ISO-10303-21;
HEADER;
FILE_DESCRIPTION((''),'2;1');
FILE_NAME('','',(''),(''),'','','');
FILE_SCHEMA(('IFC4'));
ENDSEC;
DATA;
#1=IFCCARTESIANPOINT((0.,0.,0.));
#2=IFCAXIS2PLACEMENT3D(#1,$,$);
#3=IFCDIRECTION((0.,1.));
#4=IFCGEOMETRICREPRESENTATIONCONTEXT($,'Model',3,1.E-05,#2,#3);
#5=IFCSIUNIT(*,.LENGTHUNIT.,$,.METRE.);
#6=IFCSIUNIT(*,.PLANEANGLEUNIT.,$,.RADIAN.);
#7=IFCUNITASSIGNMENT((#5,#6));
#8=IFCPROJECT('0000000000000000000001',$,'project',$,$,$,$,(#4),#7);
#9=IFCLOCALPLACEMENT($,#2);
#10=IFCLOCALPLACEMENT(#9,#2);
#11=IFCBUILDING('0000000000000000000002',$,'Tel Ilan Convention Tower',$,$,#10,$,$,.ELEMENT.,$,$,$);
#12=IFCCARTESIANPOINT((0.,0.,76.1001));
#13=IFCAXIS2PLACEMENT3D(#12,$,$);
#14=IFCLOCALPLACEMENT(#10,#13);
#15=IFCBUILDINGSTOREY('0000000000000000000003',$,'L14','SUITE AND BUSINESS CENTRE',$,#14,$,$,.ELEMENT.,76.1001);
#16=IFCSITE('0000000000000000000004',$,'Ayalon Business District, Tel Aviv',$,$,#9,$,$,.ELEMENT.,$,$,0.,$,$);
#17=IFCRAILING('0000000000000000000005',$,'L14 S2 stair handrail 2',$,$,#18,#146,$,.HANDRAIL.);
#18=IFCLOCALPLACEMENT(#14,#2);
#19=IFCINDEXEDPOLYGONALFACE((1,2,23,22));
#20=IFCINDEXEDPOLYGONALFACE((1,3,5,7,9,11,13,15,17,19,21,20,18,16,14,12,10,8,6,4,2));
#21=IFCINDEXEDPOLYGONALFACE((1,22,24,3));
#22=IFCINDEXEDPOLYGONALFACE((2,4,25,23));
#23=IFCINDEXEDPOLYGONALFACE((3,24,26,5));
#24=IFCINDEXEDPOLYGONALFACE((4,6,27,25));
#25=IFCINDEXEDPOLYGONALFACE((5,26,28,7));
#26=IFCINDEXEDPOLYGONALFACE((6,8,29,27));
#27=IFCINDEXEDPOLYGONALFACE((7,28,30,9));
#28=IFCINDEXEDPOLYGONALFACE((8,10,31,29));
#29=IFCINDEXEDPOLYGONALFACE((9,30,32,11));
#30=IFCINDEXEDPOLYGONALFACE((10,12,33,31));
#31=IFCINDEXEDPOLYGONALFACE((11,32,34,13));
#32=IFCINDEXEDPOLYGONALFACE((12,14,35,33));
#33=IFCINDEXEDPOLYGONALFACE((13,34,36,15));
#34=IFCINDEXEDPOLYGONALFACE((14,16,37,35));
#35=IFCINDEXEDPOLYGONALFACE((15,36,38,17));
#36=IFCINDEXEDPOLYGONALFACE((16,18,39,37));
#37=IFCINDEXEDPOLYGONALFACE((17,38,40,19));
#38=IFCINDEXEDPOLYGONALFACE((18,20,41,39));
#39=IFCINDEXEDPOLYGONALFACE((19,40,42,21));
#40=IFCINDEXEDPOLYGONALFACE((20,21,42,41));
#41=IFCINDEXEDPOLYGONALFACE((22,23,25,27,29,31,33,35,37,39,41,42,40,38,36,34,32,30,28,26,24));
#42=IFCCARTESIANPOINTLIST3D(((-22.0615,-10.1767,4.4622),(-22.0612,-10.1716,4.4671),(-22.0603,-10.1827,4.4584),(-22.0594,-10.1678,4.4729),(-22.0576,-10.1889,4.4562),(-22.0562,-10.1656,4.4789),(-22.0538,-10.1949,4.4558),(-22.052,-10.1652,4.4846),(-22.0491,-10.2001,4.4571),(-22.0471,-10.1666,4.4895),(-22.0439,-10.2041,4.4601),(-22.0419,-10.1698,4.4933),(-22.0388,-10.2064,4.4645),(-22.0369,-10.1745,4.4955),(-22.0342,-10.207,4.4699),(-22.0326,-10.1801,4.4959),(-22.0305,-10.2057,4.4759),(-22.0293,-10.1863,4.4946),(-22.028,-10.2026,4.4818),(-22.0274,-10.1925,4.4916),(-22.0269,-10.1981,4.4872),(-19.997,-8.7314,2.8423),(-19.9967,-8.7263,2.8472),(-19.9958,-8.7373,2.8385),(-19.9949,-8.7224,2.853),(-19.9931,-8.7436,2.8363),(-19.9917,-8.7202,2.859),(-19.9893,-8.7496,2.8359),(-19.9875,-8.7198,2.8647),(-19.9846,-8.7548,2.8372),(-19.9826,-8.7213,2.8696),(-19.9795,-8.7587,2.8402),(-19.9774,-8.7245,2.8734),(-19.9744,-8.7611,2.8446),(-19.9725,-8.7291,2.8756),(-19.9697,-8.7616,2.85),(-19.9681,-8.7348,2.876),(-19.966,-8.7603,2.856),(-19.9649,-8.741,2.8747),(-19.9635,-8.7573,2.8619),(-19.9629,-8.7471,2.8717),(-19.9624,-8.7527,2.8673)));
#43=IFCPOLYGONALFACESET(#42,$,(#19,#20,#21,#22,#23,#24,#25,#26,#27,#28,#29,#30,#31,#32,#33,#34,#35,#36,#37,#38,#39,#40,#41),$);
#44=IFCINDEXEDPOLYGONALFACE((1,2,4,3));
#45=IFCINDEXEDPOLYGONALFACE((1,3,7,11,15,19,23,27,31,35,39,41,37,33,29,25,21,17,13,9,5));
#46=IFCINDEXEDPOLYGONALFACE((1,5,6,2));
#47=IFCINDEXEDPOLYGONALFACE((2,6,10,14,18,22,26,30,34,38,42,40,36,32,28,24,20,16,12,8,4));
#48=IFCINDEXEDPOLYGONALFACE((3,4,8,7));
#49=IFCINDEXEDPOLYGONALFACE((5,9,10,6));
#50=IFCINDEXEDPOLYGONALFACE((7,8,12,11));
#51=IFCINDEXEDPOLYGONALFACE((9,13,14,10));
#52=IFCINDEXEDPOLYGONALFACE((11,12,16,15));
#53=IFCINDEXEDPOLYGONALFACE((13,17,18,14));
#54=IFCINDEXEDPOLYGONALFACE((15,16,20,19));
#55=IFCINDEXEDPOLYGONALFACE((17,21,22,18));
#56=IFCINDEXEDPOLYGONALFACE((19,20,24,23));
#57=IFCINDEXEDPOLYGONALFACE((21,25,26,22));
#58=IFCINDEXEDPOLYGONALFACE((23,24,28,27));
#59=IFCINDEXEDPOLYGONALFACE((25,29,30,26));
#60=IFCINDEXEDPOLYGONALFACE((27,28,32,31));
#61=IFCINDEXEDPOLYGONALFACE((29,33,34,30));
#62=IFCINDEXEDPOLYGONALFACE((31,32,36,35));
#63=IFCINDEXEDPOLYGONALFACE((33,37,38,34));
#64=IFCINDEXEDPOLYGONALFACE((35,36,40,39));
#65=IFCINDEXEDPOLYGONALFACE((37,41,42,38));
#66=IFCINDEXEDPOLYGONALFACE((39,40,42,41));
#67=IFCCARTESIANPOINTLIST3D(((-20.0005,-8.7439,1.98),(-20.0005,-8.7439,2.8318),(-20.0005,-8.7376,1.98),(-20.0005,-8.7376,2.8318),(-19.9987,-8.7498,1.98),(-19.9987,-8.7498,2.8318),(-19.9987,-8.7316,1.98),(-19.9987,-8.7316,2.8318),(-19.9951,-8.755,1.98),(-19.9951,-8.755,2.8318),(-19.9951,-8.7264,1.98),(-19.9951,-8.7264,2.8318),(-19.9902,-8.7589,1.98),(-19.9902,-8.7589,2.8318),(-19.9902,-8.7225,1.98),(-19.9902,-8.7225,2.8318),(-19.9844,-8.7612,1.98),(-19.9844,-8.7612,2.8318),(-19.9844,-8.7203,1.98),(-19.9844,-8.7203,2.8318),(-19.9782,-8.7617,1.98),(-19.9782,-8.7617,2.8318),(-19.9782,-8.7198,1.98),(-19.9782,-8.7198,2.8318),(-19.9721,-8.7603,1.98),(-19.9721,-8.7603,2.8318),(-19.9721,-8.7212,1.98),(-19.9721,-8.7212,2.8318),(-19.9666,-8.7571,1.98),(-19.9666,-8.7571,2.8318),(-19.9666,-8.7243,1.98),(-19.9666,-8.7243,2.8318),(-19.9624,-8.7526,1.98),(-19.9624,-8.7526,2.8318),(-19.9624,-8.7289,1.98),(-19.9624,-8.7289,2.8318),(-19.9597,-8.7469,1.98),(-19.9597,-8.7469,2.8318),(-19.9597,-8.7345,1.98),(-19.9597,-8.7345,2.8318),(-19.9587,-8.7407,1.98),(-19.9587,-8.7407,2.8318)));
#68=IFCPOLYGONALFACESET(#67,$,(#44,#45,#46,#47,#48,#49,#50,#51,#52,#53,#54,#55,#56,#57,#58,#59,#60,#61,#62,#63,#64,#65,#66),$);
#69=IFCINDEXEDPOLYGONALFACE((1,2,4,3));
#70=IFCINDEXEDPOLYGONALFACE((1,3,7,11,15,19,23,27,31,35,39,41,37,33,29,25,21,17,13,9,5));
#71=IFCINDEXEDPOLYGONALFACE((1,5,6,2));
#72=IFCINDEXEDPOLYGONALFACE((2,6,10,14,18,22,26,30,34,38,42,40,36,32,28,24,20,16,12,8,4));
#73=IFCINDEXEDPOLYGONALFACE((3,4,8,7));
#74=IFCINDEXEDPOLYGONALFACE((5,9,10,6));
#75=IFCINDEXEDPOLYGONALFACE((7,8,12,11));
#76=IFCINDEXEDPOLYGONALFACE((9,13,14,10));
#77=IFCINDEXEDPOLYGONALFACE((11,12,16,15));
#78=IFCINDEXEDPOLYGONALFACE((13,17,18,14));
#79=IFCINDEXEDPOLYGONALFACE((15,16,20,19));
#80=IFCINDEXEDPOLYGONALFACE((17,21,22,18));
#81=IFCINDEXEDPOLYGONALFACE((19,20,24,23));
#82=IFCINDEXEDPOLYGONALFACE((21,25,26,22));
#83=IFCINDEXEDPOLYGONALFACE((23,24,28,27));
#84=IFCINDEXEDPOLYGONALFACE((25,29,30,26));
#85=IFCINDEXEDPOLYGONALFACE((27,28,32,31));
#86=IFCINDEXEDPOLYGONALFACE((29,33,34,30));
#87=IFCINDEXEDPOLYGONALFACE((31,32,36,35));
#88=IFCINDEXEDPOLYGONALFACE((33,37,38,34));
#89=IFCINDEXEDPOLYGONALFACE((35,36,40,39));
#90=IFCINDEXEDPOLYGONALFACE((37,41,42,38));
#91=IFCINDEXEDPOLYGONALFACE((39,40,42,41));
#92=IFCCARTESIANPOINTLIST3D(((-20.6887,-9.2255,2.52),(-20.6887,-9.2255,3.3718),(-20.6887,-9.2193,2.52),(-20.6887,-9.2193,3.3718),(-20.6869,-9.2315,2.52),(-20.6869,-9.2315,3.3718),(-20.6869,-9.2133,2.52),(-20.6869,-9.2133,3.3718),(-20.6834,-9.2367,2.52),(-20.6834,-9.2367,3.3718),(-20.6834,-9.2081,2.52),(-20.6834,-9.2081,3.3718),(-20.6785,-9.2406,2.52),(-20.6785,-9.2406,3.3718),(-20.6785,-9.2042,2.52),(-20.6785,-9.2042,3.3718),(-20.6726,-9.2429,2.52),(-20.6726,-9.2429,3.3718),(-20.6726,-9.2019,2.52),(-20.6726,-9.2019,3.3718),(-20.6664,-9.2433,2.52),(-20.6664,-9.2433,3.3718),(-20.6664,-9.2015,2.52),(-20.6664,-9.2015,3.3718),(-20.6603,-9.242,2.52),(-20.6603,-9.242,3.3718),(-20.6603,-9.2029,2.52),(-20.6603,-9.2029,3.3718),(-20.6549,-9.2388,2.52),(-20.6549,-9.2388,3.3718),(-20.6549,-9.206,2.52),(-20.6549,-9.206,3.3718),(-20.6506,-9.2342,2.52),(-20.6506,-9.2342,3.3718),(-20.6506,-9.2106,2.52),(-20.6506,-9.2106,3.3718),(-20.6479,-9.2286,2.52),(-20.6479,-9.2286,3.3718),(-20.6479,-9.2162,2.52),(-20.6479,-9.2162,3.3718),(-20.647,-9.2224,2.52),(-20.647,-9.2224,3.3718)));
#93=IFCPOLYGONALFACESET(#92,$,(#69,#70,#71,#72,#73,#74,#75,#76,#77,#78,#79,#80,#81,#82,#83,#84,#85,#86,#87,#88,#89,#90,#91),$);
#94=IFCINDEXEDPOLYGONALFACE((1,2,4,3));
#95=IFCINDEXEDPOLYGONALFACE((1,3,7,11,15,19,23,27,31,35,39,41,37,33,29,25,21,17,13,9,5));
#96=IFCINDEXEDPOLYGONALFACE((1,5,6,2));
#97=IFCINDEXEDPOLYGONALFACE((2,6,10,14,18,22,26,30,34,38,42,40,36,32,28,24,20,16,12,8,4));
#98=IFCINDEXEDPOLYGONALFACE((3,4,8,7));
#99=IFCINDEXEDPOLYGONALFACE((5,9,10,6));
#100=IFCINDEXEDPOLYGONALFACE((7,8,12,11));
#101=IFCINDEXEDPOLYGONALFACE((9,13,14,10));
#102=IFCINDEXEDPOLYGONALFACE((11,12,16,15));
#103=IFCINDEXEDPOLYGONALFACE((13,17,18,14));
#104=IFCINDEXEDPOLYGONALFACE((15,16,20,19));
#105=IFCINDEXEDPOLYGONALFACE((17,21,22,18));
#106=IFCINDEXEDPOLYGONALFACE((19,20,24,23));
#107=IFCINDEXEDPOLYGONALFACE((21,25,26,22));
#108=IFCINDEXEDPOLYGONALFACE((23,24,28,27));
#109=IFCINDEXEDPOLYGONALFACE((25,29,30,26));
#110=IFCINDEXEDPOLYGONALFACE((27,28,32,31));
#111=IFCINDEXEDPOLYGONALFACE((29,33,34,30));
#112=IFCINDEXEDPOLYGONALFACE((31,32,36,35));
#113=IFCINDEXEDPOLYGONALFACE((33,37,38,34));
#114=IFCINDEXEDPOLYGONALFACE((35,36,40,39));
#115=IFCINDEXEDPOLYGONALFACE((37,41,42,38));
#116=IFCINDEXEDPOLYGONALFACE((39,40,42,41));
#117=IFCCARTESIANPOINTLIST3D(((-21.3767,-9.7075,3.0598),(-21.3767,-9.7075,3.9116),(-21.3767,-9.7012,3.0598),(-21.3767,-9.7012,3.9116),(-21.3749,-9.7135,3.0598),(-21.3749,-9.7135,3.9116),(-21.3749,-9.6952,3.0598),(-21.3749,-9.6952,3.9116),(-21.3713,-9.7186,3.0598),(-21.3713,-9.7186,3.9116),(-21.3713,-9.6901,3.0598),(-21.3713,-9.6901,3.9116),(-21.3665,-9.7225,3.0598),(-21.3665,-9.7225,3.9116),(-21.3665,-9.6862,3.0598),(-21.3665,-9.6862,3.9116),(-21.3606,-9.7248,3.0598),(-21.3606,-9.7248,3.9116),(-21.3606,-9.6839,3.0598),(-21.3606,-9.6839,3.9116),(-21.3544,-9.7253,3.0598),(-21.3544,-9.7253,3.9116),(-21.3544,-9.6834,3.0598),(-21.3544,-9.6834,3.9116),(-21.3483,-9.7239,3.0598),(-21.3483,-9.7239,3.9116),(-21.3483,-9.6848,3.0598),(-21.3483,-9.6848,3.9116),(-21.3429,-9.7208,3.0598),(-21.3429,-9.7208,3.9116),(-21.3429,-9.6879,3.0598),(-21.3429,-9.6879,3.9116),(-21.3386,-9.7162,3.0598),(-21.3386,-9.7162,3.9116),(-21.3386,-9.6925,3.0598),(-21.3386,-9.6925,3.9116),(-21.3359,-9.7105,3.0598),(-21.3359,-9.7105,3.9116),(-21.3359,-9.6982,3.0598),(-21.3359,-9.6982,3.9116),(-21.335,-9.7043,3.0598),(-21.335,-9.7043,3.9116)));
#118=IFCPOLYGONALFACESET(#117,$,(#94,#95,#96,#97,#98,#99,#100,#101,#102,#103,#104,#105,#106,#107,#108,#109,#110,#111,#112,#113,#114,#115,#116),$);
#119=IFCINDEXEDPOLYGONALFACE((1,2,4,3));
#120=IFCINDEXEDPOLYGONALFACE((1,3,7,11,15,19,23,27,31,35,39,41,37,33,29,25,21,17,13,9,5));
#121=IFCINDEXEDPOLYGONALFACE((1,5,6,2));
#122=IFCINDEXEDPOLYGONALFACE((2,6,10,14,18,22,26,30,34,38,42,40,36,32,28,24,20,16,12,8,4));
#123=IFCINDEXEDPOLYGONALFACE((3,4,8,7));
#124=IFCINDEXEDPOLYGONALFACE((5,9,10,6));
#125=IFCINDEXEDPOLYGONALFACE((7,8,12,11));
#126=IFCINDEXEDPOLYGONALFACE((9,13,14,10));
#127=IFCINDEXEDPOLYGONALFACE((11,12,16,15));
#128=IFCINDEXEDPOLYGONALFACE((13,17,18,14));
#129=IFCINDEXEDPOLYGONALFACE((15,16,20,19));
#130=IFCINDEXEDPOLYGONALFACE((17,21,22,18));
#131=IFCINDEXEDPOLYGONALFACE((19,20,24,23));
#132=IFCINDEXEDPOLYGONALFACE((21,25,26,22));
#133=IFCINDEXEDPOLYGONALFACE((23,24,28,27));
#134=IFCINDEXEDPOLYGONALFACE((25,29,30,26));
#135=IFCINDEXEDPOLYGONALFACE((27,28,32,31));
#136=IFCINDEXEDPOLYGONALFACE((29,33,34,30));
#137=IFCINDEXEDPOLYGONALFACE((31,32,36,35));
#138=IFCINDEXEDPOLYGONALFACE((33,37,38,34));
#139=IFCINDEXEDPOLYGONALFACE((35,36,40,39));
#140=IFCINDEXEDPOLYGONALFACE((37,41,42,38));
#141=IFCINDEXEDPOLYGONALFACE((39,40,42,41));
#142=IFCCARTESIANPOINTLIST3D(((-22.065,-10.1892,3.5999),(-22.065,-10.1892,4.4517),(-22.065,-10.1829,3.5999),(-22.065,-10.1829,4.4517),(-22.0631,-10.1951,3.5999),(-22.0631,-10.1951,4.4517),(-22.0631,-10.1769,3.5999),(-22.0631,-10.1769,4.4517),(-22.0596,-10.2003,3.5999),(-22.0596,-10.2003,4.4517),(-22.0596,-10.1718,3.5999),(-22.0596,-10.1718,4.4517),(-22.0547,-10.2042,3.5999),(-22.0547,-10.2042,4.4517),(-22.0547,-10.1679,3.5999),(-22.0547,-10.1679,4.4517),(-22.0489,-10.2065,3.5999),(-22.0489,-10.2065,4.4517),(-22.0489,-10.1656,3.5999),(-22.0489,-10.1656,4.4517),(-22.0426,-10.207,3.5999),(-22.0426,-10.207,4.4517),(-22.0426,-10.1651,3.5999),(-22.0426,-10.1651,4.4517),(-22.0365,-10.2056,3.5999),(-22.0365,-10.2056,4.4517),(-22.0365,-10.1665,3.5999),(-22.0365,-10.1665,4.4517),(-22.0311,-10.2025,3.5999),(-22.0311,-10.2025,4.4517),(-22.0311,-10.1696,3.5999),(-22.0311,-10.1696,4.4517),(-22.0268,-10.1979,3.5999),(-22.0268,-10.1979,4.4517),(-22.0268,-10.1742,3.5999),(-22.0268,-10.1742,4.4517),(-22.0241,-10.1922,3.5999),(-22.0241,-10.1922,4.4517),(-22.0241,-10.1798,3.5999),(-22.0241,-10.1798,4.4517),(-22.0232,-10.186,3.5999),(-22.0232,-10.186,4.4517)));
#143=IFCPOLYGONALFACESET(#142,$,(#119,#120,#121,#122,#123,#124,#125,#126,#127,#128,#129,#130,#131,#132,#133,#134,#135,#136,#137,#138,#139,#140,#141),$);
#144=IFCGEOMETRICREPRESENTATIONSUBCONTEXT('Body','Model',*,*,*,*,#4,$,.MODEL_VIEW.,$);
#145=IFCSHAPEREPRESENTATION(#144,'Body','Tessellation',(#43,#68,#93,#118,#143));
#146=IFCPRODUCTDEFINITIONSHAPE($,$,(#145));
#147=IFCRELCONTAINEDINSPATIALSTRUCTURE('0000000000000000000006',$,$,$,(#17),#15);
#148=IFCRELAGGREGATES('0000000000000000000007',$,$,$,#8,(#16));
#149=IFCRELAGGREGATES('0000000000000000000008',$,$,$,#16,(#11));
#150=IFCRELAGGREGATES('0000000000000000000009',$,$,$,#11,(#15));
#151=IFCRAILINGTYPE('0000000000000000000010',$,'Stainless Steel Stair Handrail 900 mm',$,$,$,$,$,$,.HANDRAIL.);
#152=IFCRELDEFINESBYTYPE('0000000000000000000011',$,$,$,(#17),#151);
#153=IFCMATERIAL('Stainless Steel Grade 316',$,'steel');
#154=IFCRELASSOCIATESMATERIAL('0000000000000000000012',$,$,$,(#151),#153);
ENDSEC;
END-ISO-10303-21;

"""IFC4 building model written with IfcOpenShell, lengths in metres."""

from ifc_helpers import new_model, si_unit, direction, frame, origin, origin_2d, place, context, subcontext, project, spatial, circle, extrude, material, type_object, element, save


model = new_model("IFC4")

# Units and contexts
model_context = context("Model", 3, precision=1e-05, world=origin(), true_north=direction((0.0, 1.0)))
body_context = subcontext(model_context, "Body", "Model", "MODEL_VIEW")
ifc_project = project(units=[si_unit("LENGTHUNIT", "METRE"), si_unit("PLANEANGLEUNIT", "RADIAN")], contexts=[model_context])

# Site, building, storey
site_placement = place(None, origin())
site = spatial("IfcSite", under=ifc_project, at=site_placement, Name="Ayalon Business District, Tel Aviv", CompositionType="ELEMENT", RefElevation=0.0)
building_placement = place(site_placement, origin())
building = spatial("IfcBuilding", under=site, at=building_placement, Name="Tel Ilan Convention Tower", CompositionType="ELEMENT")
storey_placement = place(building_placement, frame((0.0, 0.0, 76.1001)))
storey = spatial("IfcBuildingStorey", under=building, at=storey_placement, Name="L14", Description="SUITE AND BUSINESS CENTRE", CompositionType="ELEMENT", Elevation=76.1001)

# Railing
ifc_material_1 = material(Name="Stainless Steel Grade 316", Category="steel")
railing_type_1 = type_object("IfcRailingType", Name="Stainless Steel Stair Handrail 900 mm", PredefinedType="HANDRAIL", material=ifc_material_1)
railing_1_placement = place(storey_placement, frame((-19.9797, -8.7407, 1.98)))
element("IfcRailing", 1, at=railing_1_placement, inside=storey, type_object=railing_type_1, Name="L14 S2 stair handrail 2", PredefinedType="HANDRAIL", context=body_context, shape_type="SweptSolid", body=[
    extrude(circle(Radius=0.0239, at=origin_2d()), frame((0.0, 0.0, 0.876), z_axis=(-0.689113, -0.482444, 0.540713), x_axis=(0.573514, -0.819196, 0.0)), (0.0, 0.0, 1.0), 2.9958),
    extrude(circle(Radius=0.021, at=origin_2d()), origin(), (0.0, 0.0, 1.0), 0.8518),
    extrude(circle(Radius=0.021, at=origin_2d()), frame((-0.6882, -0.4817, 0.54)), (0.0, 0.0, 1.0), 0.8518),
    extrude(circle(Radius=0.021, at=origin_2d()), frame((-1.3762, -0.9636, 1.0798)), (0.0, 0.0, 1.0), 0.8518),
    extrude(circle(Radius=0.021, at=origin_2d()), frame((-2.0645, -1.4453, 1.6199)), (0.0, 0.0, 1.0), 0.8518),
])

save(model, "model.ifc")
